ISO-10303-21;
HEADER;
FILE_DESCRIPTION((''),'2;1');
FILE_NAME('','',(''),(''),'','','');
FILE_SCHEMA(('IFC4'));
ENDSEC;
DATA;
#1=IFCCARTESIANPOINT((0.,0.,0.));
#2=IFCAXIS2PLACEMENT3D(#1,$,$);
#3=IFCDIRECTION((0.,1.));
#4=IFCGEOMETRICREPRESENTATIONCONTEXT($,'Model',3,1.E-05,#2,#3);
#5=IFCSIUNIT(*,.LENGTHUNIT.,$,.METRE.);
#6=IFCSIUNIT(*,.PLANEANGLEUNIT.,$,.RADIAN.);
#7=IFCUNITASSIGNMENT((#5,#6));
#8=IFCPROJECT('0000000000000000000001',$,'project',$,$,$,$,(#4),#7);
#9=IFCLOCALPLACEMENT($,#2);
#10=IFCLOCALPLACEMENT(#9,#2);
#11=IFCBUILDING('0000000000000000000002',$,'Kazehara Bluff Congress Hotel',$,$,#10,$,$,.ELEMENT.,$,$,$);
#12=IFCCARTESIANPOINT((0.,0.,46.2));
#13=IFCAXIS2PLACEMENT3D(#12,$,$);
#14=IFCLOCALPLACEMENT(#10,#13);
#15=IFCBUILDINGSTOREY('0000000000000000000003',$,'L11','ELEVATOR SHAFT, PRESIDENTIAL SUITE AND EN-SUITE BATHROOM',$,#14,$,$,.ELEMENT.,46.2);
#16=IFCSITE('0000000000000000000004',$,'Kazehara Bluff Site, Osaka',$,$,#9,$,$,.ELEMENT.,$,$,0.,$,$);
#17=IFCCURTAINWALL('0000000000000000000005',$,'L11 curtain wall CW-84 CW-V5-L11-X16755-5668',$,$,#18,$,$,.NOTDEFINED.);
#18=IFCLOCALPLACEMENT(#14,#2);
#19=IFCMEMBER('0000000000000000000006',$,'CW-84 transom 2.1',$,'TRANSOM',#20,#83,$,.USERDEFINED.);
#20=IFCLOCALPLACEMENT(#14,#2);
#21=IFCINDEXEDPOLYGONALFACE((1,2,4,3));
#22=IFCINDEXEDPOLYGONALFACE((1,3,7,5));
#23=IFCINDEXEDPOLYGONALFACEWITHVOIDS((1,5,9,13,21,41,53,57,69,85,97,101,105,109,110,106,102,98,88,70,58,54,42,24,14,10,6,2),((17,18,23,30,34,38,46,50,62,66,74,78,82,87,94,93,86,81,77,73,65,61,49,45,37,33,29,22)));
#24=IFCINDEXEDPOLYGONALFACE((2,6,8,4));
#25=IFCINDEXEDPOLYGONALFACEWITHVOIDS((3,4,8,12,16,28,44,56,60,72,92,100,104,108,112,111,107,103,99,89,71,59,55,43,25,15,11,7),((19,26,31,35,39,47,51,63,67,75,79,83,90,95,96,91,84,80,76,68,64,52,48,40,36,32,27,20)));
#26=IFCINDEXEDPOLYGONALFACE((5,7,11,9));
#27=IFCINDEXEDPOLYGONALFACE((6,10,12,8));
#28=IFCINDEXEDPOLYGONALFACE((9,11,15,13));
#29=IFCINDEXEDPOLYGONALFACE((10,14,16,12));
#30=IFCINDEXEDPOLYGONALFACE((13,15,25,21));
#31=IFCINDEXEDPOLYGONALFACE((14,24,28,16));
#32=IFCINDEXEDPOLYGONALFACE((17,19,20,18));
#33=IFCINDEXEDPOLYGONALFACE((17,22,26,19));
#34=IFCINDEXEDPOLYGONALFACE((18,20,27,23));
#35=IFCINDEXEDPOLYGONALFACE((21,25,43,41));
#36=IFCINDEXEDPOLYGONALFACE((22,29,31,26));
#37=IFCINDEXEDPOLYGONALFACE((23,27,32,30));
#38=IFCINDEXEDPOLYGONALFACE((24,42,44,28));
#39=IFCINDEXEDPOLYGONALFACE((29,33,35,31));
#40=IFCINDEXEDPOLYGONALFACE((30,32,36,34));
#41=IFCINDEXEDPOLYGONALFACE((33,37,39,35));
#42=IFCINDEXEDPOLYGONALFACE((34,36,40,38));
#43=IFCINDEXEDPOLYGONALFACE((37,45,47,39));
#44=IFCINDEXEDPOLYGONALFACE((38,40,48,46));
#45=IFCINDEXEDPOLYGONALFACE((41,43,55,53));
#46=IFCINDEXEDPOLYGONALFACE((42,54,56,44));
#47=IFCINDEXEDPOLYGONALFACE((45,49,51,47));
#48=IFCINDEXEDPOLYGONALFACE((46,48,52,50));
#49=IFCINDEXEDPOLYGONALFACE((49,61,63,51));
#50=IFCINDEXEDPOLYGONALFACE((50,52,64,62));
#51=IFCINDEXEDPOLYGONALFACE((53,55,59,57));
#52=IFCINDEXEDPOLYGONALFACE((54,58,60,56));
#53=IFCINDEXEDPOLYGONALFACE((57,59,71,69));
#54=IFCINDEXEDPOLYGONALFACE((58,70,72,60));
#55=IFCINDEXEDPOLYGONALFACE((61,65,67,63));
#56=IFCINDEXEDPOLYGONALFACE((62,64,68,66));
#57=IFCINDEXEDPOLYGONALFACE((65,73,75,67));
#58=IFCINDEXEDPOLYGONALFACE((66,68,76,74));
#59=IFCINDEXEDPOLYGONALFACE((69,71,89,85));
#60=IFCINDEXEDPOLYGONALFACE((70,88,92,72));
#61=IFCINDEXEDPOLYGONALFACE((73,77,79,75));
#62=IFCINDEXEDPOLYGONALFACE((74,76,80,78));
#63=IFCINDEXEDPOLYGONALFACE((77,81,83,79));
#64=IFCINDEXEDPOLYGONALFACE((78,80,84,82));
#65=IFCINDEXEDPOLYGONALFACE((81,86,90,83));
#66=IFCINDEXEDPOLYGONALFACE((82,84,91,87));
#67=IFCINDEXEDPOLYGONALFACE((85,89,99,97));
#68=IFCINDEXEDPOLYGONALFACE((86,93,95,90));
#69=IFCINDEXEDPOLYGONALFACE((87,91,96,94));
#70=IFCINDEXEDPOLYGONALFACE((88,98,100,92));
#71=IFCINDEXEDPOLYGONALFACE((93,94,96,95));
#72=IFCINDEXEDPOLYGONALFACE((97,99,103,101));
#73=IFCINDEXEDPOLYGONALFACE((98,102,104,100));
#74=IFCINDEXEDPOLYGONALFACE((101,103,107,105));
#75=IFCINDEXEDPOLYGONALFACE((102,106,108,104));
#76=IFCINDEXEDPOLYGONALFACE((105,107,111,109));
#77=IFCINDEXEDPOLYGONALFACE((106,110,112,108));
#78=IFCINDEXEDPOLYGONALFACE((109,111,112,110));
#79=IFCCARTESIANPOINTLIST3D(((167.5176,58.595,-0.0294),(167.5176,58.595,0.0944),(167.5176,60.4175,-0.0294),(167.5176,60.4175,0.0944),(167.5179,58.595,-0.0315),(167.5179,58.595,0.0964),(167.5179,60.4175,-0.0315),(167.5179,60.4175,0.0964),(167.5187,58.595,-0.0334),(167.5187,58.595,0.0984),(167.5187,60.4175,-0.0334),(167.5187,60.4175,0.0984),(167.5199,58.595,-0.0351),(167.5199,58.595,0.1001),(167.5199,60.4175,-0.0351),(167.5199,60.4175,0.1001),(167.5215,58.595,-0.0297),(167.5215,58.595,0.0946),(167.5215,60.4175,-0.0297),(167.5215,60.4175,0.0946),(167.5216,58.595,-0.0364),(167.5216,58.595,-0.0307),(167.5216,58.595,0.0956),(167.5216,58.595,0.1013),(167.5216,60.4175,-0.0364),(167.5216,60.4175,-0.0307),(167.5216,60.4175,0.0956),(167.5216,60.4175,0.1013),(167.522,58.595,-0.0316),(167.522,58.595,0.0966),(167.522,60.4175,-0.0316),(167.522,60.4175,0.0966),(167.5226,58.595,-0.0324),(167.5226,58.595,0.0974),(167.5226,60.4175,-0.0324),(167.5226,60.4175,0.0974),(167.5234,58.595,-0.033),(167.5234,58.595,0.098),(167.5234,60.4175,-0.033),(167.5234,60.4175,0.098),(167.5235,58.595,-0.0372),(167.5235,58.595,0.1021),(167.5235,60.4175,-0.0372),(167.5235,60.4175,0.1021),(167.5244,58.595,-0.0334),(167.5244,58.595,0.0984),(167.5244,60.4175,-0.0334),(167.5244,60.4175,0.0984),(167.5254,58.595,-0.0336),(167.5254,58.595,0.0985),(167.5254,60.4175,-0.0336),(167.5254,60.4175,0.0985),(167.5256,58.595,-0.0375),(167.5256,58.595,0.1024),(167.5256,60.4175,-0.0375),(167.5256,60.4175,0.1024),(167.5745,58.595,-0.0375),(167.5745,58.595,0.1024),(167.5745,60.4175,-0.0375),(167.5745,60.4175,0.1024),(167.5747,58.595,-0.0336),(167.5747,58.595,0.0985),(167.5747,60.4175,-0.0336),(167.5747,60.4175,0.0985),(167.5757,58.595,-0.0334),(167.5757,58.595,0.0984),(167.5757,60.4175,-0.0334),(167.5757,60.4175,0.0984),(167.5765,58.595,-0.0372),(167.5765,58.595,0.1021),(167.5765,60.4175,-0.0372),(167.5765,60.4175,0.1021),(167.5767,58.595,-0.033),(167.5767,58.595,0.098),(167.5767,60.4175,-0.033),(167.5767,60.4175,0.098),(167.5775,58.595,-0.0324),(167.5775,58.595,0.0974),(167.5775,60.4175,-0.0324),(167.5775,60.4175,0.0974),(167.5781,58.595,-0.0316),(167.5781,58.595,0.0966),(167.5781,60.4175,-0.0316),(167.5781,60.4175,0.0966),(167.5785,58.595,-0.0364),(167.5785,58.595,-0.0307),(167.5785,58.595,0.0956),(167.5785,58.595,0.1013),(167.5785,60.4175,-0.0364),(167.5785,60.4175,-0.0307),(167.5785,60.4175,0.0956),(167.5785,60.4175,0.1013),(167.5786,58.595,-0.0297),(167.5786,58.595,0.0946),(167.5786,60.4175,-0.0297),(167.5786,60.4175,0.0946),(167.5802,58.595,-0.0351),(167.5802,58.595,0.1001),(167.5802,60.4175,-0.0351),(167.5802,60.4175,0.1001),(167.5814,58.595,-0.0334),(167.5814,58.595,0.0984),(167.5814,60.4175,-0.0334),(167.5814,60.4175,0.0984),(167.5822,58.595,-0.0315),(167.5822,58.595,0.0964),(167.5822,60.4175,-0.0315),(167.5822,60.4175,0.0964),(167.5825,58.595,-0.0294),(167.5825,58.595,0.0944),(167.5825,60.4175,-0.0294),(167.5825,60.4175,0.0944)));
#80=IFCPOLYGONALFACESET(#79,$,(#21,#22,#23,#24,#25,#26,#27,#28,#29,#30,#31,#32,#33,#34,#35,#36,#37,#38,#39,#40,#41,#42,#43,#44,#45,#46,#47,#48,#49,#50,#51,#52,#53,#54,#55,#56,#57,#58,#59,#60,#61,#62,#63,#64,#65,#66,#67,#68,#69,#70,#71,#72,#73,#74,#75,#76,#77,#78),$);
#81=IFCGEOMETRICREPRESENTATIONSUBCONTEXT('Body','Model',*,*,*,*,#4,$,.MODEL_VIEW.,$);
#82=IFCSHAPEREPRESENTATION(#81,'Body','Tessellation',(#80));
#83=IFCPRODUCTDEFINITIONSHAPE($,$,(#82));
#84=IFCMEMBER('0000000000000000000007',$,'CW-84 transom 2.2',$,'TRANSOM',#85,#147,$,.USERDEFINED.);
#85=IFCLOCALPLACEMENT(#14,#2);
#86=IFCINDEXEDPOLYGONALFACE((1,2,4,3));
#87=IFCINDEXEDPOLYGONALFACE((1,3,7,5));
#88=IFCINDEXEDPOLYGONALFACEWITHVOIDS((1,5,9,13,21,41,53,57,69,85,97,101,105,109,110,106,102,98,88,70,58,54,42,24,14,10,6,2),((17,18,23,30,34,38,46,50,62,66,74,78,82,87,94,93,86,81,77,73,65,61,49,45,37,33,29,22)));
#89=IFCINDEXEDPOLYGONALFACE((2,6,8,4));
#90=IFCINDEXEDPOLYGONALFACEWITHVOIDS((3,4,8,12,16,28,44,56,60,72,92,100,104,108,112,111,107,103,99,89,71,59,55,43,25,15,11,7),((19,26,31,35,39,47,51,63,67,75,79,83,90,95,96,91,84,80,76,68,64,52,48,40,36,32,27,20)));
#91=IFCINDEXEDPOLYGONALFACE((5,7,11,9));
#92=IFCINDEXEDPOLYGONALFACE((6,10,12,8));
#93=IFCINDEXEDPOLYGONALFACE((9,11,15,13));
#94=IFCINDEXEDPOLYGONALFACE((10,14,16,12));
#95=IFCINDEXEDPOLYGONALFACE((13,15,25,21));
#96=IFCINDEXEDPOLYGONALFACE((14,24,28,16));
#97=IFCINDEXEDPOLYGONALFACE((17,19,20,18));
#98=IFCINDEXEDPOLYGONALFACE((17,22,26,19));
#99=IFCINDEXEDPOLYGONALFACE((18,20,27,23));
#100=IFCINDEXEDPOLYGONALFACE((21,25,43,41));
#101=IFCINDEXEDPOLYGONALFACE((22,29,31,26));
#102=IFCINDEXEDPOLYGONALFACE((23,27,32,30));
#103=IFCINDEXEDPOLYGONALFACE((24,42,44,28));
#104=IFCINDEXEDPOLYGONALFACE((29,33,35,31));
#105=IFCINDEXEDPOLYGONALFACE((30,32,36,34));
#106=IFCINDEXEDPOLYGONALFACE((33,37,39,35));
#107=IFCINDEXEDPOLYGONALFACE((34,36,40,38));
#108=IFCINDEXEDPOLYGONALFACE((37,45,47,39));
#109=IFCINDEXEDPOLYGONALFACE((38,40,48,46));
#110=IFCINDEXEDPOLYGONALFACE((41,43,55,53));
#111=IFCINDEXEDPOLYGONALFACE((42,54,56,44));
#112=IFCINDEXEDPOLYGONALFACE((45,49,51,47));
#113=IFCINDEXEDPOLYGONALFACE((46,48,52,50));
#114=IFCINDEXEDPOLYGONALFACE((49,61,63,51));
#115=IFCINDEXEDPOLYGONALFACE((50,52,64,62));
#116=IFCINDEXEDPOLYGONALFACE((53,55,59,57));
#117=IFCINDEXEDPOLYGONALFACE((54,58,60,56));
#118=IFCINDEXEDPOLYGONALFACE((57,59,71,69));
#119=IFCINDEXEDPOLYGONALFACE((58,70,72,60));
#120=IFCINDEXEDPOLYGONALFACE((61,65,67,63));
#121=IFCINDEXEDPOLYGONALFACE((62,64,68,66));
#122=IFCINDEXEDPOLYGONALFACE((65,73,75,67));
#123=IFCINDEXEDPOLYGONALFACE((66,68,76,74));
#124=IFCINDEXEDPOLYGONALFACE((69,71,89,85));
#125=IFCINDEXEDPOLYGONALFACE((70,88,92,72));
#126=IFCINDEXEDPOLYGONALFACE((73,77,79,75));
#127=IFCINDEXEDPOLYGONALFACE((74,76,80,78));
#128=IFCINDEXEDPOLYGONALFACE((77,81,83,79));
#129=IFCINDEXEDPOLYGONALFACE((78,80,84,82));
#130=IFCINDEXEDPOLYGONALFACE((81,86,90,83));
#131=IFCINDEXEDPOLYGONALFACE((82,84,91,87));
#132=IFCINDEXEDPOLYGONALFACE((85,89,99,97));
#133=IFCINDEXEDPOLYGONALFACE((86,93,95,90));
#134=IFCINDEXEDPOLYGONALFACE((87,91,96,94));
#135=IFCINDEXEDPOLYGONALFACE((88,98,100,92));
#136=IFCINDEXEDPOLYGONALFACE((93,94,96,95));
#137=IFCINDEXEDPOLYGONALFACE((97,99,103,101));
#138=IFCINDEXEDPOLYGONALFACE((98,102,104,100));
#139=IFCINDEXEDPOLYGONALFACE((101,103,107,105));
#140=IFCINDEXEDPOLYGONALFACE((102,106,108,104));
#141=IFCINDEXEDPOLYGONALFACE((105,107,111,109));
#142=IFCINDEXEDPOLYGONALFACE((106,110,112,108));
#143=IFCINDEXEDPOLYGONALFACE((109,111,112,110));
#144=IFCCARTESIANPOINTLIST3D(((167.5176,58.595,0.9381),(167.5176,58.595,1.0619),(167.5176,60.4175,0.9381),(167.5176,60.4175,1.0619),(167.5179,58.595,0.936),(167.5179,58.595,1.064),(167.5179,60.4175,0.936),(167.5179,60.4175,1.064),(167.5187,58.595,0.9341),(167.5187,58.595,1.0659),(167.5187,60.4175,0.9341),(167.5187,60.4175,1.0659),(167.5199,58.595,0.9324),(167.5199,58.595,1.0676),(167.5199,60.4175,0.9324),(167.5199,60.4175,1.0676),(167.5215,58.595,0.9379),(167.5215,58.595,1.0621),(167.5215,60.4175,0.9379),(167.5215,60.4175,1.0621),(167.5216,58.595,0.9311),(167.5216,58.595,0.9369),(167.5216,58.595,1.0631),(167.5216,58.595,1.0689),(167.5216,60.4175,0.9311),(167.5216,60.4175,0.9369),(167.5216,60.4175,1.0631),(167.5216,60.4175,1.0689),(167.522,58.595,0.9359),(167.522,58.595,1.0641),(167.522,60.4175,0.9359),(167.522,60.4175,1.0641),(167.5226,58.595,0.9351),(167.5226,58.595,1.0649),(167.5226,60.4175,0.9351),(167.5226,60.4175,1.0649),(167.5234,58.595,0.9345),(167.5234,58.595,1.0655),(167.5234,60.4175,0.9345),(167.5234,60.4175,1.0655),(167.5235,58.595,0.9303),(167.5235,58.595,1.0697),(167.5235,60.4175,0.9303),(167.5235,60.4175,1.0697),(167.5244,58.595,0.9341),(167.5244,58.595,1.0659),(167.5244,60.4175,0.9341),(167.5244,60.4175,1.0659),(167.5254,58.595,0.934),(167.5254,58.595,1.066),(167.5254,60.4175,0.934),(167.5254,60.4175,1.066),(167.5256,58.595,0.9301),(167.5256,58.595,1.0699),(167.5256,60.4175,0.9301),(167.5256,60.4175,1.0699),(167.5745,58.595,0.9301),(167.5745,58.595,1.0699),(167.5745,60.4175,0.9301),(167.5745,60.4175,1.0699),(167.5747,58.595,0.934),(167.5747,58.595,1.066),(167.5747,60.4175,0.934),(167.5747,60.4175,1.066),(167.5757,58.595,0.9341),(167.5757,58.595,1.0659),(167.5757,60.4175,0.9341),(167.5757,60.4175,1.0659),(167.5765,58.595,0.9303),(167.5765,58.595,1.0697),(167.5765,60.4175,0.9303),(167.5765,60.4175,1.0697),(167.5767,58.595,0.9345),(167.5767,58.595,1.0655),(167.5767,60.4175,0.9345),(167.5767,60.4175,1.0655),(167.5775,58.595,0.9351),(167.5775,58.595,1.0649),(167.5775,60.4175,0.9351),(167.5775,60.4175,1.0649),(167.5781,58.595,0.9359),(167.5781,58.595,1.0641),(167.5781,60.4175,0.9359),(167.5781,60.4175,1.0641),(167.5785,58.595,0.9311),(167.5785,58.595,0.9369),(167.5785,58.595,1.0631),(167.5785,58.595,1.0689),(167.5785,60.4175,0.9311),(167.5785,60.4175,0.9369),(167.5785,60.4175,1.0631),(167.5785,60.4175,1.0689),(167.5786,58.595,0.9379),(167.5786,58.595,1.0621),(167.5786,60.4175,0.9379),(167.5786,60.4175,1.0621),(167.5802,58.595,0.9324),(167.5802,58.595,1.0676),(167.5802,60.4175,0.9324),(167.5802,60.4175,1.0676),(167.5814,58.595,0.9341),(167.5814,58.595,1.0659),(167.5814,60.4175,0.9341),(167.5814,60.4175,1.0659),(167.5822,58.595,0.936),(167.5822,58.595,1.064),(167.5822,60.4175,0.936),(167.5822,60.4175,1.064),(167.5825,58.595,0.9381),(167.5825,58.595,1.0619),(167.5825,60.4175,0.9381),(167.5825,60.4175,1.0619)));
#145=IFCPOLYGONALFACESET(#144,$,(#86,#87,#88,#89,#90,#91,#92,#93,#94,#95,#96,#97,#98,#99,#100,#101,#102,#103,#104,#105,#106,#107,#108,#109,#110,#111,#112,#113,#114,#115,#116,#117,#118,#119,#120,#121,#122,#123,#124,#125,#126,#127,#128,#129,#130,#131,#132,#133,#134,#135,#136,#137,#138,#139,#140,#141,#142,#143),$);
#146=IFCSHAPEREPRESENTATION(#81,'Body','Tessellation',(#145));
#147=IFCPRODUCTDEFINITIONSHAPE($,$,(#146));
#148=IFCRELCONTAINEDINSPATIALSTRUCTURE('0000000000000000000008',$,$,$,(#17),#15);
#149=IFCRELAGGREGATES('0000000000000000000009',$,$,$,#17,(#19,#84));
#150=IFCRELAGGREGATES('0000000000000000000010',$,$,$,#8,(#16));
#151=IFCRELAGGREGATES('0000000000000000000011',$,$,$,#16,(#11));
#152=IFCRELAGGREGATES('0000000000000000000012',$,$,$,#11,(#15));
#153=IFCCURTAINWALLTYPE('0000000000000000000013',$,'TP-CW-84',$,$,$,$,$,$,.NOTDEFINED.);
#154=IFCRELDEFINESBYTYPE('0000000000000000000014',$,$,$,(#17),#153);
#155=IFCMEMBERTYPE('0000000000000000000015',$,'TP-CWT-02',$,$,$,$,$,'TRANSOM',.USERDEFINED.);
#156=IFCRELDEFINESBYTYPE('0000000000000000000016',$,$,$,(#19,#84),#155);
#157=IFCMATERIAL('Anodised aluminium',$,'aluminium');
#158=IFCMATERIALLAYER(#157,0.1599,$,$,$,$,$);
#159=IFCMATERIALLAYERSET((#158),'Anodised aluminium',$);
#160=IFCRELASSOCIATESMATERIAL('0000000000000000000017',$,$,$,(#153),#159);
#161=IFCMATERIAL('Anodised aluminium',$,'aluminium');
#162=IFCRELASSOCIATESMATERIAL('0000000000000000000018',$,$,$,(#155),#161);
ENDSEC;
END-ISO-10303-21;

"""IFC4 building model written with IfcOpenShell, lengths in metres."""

from ifc_helpers import new_model, si_unit, direction, frame, origin, origin_2d, place, context, subcontext, project, spatial, hollow_rectangle, extrude, material, layer, layer_set, material_profile, profile_set, type_object, element, aggregate, save


model = new_model("IFC4")

# Units and contexts
model_context = context("Model", 3, precision=1e-05, world=origin(), true_north=direction((0.0, 1.0)))
body_context = subcontext(model_context, "Body", "Model", "MODEL_VIEW")
ifc_project = project(units=[si_unit("LENGTHUNIT", "METRE"), si_unit("PLANEANGLEUNIT", "RADIAN")], contexts=[model_context])

# Site, building, storey
site_placement = place(None, origin())
site = spatial("IfcSite", under=ifc_project, at=site_placement, Name="Kazehara Bluff Site, Osaka", CompositionType="ELEMENT", RefElevation=0.0)
building_placement = place(site_placement, origin())
building = spatial("IfcBuilding", under=site, at=building_placement, Name="Kazehara Bluff Congress Hotel", CompositionType="ELEMENT")
storey_placement = place(building_placement, frame((0.0, 0.0, 46.2)))
storey = spatial("IfcBuildingStorey", under=building, at=storey_placement, Name="L11", Description="ELEVATOR SHAFT, PRESIDENTIAL SUITE AND EN-SUITE BATHROOM", CompositionType="ELEMENT", Elevation=46.2)

# Curtain wall, members
ifc_material_1 = material(Name="Anodised aluminium", Category="aluminium")
ifc_layer_1 = layer(ifc_material_1, 0.1599)
ifc_layer_set_1 = layer_set([ifc_layer_1], Name="Anodised aluminium")
curtain_wall_type = type_object("IfcCurtainWallType", Name="TP-CW-84", PredefinedType="NOTDEFINED", material=ifc_layer_set_1)
curtain_wall_placement = place(storey_placement, origin())
curtain_wall = element("IfcCurtainWall", 1, at=curtain_wall_placement, inside=storey, type_object=curtain_wall_type, Name="L11 curtain wall CW-84 CW-V5-L11-X16755-5668", PredefinedType="NOTDEFINED")
ifc_material_2 = material(Name="Anodised aluminium", Category="aluminium")
ifc_material_profile_1 = material_profile(ifc_material_2, hollow_rectangle(XDim=0.0649, YDim=0.1399, WallThickness=0.0039, InnerFilletRadius=0.0039, OuterFilletRadius=0.0081, at=origin_2d()))
ifc_profile_set_1 = profile_set([ifc_material_profile_1], Name="Anodised aluminium")
member_type_1 = type_object("IfcMemberType", Name="TP-CWT-02", ElementType="TRANSOM", PredefinedType="USERDEFINED", material=ifc_profile_set_1)
member_1_placement = place(storey_placement, frame((167.55, 58.595, 0.0325), z_axis=(0.0, 1.0, 0.0), x_axis=(-1.0, 0.0, 0.0)))
member_1 = element("IfcMember", 2, at=member_1_placement, type_object=member_type_1, Name="CW-84 transom 2.1", ObjectType="TRANSOM", PredefinedType="USERDEFINED", context=body_context, shape_type="SweptSolid", body=[
    extrude(hollow_rectangle(XDim=0.0649, YDim=0.1399, WallThickness=0.0039, InnerFilletRadius=0.0039, OuterFilletRadius=0.0081, at=origin_2d()), origin(), (0.0, 0.0, 1.0), 1.8225),
])
member_2_placement = place(storey_placement, frame((167.55, 58.595, 1.0), z_axis=(0.0, 1.0, 0.0), x_axis=(-1.0, 0.0, 0.0)))
member_2 = element("IfcMember", 3, at=member_2_placement, type_object=member_type_1, Name="CW-84 transom 2.2", ObjectType="TRANSOM", PredefinedType="USERDEFINED", context=body_context, shape_type="SweptSolid", body=[
    extrude(hollow_rectangle(XDim=0.0649, YDim=0.1399, WallThickness=0.0039, InnerFilletRadius=0.0039, OuterFilletRadius=0.0081, at=origin_2d()), origin(), (0.0, 0.0, 1.0), 1.8225),
])

aggregate(curtain_wall, [member_1, member_2])

save(model, "model.ifc")
